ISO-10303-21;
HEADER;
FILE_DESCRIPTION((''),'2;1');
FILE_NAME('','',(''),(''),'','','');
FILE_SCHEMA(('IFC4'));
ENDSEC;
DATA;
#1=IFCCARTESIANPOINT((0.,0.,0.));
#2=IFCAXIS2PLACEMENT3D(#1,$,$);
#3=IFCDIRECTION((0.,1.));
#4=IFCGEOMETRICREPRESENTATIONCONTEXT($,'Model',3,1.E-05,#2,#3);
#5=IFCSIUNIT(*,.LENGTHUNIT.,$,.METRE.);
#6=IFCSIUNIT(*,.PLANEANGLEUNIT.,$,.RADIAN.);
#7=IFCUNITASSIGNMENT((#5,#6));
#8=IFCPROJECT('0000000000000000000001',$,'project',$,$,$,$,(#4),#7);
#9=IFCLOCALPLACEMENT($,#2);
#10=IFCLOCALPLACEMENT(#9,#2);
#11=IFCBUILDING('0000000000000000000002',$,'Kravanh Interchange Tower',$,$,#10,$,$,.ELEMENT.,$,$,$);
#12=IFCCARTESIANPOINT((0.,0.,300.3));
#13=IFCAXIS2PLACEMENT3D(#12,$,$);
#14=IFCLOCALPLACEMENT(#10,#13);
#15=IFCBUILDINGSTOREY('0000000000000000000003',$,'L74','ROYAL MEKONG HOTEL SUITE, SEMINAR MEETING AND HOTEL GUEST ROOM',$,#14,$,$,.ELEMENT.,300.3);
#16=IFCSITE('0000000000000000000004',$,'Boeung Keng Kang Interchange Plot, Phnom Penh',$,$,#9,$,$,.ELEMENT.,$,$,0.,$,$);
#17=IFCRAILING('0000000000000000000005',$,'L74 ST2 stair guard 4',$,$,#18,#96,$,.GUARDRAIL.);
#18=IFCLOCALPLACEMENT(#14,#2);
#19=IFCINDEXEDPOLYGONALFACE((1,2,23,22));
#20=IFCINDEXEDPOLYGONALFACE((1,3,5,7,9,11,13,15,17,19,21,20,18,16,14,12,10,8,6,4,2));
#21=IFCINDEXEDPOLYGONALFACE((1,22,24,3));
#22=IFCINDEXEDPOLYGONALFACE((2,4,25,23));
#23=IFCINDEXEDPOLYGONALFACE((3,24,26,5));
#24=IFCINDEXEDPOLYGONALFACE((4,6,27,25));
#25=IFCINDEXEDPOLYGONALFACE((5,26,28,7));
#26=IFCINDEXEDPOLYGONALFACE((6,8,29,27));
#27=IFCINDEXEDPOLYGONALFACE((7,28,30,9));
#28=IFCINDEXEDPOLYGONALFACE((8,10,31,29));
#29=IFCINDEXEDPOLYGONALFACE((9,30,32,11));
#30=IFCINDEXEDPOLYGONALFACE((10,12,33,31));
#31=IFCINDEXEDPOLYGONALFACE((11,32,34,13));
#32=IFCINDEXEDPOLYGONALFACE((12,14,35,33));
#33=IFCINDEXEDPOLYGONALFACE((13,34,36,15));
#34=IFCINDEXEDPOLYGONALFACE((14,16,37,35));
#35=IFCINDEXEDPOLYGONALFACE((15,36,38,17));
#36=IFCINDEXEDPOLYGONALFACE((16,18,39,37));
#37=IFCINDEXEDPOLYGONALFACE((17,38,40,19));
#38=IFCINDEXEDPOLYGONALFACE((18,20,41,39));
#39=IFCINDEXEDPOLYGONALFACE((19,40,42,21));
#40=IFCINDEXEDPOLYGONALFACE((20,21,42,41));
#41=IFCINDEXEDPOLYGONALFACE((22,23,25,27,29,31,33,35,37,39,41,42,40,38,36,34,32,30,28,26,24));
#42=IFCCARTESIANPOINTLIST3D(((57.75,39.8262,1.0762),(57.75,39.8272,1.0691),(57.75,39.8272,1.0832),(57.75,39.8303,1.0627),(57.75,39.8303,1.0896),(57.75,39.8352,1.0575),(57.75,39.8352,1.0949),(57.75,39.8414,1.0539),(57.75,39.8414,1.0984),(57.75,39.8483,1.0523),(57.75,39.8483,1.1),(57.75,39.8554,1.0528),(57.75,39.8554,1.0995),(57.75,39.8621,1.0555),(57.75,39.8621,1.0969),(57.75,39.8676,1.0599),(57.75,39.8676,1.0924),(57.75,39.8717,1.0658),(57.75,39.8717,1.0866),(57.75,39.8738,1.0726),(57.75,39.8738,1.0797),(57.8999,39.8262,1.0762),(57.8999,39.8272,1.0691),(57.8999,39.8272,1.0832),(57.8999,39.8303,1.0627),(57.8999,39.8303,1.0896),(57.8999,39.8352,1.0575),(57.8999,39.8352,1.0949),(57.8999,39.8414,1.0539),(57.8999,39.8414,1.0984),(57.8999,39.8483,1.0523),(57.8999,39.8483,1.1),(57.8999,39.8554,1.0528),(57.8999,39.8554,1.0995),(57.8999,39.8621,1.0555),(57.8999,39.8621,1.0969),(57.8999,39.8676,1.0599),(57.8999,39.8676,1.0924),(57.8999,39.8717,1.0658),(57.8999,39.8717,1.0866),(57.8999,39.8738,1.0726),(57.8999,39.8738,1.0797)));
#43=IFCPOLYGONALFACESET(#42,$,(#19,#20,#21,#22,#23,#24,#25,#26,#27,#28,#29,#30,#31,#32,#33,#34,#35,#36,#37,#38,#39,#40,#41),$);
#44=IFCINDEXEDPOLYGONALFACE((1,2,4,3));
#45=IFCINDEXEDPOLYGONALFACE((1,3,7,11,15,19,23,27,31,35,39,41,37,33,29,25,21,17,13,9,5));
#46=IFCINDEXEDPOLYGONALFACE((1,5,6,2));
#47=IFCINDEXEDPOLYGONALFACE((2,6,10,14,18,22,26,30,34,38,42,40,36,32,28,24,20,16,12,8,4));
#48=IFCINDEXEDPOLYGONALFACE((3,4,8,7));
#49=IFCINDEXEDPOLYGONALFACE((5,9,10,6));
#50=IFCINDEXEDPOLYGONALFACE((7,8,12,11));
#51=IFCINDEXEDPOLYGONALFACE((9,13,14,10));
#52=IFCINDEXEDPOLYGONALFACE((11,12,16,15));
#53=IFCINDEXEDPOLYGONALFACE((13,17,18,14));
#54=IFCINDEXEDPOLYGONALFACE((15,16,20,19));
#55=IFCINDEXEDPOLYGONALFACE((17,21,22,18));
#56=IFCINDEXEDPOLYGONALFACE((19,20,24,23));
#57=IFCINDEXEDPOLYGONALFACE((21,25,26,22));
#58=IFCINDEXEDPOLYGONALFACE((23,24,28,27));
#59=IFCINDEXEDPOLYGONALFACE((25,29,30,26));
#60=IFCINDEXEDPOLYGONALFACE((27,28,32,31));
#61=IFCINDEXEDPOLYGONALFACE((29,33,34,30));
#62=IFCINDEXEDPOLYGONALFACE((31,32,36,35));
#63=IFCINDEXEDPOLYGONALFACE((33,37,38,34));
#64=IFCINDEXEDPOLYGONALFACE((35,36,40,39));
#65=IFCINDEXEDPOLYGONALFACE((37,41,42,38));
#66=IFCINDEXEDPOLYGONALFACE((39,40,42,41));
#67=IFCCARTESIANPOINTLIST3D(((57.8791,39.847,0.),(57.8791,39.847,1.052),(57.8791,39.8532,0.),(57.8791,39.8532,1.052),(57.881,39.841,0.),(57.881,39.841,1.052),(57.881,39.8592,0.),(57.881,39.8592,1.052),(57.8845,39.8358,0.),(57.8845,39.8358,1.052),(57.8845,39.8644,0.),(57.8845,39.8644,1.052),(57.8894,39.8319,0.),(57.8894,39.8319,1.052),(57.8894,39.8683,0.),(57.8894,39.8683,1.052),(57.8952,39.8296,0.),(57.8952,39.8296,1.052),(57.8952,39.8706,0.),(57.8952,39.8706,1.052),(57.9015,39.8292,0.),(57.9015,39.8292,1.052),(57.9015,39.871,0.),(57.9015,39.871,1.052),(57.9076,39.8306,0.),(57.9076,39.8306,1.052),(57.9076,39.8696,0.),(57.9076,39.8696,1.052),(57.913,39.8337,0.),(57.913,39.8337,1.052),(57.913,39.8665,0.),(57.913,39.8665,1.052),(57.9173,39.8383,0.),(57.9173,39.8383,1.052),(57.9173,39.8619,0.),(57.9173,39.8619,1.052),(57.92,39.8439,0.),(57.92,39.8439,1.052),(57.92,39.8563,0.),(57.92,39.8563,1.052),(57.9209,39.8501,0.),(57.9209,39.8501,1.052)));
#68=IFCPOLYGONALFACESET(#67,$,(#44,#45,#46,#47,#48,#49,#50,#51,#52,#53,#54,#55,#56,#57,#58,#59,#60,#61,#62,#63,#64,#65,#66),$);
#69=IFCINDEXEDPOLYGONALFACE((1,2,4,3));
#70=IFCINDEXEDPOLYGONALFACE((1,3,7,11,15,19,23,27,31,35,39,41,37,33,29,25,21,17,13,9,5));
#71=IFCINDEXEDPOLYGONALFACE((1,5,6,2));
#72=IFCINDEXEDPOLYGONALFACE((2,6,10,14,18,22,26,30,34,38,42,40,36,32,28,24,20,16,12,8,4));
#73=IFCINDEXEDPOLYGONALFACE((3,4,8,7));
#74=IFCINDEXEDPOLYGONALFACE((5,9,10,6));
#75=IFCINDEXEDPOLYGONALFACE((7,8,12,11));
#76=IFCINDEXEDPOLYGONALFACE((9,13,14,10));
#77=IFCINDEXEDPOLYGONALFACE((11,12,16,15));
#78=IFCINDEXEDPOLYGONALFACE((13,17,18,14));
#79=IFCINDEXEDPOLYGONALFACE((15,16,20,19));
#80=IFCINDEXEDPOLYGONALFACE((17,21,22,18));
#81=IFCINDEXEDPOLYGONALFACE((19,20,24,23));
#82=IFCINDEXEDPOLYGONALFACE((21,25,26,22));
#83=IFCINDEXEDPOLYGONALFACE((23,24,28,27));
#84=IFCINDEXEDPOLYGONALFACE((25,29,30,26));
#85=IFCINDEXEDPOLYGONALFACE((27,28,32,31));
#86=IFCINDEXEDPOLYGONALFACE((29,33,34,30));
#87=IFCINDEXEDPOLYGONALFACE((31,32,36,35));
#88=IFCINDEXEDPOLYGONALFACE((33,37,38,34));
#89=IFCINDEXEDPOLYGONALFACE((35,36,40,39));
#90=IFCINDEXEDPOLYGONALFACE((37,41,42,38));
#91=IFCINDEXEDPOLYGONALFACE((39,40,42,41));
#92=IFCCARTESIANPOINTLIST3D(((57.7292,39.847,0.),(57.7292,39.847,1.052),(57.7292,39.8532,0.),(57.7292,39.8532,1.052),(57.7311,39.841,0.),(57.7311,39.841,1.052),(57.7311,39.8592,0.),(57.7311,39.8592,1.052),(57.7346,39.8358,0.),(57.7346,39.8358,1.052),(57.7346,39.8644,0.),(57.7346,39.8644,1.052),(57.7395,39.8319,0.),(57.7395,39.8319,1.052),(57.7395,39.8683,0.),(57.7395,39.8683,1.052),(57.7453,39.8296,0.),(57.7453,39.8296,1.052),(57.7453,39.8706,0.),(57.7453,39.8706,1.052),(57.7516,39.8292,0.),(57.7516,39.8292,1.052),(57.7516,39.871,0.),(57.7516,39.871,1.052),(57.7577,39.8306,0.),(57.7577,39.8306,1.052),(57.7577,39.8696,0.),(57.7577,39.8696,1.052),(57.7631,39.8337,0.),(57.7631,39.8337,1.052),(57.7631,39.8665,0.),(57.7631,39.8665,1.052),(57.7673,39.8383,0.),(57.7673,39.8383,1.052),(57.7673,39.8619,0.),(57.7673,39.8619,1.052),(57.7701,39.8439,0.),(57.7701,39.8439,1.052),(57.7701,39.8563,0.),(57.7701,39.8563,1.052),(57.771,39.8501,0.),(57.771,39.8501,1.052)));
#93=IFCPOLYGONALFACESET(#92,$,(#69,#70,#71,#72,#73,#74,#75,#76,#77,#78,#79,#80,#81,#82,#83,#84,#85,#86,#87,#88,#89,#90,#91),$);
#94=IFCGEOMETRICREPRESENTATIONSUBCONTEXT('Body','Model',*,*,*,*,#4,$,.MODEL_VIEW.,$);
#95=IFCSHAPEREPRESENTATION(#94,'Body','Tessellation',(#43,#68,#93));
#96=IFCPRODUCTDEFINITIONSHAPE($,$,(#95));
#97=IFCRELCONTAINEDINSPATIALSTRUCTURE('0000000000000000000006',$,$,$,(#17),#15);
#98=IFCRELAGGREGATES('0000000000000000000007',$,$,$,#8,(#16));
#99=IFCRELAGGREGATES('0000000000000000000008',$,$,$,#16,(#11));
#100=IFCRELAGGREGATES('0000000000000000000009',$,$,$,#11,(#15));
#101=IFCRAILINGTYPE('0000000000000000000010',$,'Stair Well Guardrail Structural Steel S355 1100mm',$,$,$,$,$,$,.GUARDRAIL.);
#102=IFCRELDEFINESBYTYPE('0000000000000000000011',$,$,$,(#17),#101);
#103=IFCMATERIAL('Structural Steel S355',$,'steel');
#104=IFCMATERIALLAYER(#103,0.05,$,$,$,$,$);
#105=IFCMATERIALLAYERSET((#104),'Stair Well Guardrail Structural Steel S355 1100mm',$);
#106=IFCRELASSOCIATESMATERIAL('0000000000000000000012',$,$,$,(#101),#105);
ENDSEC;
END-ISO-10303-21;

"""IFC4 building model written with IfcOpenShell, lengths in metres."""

from ifc_helpers import new_model, si_unit, direction, frame, origin, origin_2d, place, context, subcontext, project, spatial, circle, extrude, material, layer, layer_set, type_object, element, save


model = new_model("IFC4")

# Units and contexts
model_context = context("Model", 3, precision=1e-05, world=origin(), true_north=direction((0.0, 1.0)))
body_context = subcontext(model_context, "Body", "Model", "MODEL_VIEW")
ifc_project = project(units=[si_unit("LENGTHUNIT", "METRE"), si_unit("PLANEANGLEUNIT", "RADIAN")], contexts=[model_context])

# Site, building, storey
site_placement = place(None, origin())
site = spatial("IfcSite", under=ifc_project, at=site_placement, Name="Boeung Keng Kang Interchange Plot, Phnom Penh", CompositionType="ELEMENT", RefElevation=0.0)
building_placement = place(site_placement, origin())
building = spatial("IfcBuilding", under=site, at=building_placement, Name="Kravanh Interchange Tower", CompositionType="ELEMENT")
storey_placement = place(building_placement, frame((0.0, 0.0, 300.3)))
storey = spatial("IfcBuildingStorey", under=building, at=storey_placement, Name="L74", Description="ROYAL MEKONG HOTEL SUITE, SEMINAR MEETING AND HOTEL GUEST ROOM", CompositionType="ELEMENT", Elevation=300.3)

# Railing
ifc_material_1 = material(Name="Structural Steel S355", Category="steel")
ifc_layer_1 = layer(ifc_material_1, 0.05)
ifc_layer_set_1 = layer_set([ifc_layer_1], Name="Stair Well Guardrail Structural Steel S355 1100mm")
railing_type_1 = type_object("IfcRailingType", Name="Stair Well Guardrail Structural Steel S355 1100mm", PredefinedType="GUARDRAIL", material=ifc_layer_set_1)
railing_1_placement = place(storey_placement, frame((57.8999, 39.8501, 0.0)))
element("IfcRailing", 1, at=railing_1_placement, inside=storey, type_object=railing_type_1, Name="L74 ST2 stair guard 4", PredefinedType="GUARDRAIL", context=body_context, shape_type="SweptSolid", body=[
    extrude(circle(Radius=0.0239, at=origin_2d()), frame((0.0, 0.0, 1.0762), z_axis=(-1.0, 0.0, 0.0), x_axis=(0.0, -1.0, 0.0)), (0.0, 0.0, 1.0), 0.1499),
    extrude(circle(Radius=0.021, at=origin_2d()), origin(), (0.0, 0.0, 1.0), 1.052),
    extrude(circle(Radius=0.021, at=origin_2d()), frame((-0.1499, 0.0, 0.0)), (0.0, 0.0, 1.0), 1.052),
])

save(model, "model.ifc")
